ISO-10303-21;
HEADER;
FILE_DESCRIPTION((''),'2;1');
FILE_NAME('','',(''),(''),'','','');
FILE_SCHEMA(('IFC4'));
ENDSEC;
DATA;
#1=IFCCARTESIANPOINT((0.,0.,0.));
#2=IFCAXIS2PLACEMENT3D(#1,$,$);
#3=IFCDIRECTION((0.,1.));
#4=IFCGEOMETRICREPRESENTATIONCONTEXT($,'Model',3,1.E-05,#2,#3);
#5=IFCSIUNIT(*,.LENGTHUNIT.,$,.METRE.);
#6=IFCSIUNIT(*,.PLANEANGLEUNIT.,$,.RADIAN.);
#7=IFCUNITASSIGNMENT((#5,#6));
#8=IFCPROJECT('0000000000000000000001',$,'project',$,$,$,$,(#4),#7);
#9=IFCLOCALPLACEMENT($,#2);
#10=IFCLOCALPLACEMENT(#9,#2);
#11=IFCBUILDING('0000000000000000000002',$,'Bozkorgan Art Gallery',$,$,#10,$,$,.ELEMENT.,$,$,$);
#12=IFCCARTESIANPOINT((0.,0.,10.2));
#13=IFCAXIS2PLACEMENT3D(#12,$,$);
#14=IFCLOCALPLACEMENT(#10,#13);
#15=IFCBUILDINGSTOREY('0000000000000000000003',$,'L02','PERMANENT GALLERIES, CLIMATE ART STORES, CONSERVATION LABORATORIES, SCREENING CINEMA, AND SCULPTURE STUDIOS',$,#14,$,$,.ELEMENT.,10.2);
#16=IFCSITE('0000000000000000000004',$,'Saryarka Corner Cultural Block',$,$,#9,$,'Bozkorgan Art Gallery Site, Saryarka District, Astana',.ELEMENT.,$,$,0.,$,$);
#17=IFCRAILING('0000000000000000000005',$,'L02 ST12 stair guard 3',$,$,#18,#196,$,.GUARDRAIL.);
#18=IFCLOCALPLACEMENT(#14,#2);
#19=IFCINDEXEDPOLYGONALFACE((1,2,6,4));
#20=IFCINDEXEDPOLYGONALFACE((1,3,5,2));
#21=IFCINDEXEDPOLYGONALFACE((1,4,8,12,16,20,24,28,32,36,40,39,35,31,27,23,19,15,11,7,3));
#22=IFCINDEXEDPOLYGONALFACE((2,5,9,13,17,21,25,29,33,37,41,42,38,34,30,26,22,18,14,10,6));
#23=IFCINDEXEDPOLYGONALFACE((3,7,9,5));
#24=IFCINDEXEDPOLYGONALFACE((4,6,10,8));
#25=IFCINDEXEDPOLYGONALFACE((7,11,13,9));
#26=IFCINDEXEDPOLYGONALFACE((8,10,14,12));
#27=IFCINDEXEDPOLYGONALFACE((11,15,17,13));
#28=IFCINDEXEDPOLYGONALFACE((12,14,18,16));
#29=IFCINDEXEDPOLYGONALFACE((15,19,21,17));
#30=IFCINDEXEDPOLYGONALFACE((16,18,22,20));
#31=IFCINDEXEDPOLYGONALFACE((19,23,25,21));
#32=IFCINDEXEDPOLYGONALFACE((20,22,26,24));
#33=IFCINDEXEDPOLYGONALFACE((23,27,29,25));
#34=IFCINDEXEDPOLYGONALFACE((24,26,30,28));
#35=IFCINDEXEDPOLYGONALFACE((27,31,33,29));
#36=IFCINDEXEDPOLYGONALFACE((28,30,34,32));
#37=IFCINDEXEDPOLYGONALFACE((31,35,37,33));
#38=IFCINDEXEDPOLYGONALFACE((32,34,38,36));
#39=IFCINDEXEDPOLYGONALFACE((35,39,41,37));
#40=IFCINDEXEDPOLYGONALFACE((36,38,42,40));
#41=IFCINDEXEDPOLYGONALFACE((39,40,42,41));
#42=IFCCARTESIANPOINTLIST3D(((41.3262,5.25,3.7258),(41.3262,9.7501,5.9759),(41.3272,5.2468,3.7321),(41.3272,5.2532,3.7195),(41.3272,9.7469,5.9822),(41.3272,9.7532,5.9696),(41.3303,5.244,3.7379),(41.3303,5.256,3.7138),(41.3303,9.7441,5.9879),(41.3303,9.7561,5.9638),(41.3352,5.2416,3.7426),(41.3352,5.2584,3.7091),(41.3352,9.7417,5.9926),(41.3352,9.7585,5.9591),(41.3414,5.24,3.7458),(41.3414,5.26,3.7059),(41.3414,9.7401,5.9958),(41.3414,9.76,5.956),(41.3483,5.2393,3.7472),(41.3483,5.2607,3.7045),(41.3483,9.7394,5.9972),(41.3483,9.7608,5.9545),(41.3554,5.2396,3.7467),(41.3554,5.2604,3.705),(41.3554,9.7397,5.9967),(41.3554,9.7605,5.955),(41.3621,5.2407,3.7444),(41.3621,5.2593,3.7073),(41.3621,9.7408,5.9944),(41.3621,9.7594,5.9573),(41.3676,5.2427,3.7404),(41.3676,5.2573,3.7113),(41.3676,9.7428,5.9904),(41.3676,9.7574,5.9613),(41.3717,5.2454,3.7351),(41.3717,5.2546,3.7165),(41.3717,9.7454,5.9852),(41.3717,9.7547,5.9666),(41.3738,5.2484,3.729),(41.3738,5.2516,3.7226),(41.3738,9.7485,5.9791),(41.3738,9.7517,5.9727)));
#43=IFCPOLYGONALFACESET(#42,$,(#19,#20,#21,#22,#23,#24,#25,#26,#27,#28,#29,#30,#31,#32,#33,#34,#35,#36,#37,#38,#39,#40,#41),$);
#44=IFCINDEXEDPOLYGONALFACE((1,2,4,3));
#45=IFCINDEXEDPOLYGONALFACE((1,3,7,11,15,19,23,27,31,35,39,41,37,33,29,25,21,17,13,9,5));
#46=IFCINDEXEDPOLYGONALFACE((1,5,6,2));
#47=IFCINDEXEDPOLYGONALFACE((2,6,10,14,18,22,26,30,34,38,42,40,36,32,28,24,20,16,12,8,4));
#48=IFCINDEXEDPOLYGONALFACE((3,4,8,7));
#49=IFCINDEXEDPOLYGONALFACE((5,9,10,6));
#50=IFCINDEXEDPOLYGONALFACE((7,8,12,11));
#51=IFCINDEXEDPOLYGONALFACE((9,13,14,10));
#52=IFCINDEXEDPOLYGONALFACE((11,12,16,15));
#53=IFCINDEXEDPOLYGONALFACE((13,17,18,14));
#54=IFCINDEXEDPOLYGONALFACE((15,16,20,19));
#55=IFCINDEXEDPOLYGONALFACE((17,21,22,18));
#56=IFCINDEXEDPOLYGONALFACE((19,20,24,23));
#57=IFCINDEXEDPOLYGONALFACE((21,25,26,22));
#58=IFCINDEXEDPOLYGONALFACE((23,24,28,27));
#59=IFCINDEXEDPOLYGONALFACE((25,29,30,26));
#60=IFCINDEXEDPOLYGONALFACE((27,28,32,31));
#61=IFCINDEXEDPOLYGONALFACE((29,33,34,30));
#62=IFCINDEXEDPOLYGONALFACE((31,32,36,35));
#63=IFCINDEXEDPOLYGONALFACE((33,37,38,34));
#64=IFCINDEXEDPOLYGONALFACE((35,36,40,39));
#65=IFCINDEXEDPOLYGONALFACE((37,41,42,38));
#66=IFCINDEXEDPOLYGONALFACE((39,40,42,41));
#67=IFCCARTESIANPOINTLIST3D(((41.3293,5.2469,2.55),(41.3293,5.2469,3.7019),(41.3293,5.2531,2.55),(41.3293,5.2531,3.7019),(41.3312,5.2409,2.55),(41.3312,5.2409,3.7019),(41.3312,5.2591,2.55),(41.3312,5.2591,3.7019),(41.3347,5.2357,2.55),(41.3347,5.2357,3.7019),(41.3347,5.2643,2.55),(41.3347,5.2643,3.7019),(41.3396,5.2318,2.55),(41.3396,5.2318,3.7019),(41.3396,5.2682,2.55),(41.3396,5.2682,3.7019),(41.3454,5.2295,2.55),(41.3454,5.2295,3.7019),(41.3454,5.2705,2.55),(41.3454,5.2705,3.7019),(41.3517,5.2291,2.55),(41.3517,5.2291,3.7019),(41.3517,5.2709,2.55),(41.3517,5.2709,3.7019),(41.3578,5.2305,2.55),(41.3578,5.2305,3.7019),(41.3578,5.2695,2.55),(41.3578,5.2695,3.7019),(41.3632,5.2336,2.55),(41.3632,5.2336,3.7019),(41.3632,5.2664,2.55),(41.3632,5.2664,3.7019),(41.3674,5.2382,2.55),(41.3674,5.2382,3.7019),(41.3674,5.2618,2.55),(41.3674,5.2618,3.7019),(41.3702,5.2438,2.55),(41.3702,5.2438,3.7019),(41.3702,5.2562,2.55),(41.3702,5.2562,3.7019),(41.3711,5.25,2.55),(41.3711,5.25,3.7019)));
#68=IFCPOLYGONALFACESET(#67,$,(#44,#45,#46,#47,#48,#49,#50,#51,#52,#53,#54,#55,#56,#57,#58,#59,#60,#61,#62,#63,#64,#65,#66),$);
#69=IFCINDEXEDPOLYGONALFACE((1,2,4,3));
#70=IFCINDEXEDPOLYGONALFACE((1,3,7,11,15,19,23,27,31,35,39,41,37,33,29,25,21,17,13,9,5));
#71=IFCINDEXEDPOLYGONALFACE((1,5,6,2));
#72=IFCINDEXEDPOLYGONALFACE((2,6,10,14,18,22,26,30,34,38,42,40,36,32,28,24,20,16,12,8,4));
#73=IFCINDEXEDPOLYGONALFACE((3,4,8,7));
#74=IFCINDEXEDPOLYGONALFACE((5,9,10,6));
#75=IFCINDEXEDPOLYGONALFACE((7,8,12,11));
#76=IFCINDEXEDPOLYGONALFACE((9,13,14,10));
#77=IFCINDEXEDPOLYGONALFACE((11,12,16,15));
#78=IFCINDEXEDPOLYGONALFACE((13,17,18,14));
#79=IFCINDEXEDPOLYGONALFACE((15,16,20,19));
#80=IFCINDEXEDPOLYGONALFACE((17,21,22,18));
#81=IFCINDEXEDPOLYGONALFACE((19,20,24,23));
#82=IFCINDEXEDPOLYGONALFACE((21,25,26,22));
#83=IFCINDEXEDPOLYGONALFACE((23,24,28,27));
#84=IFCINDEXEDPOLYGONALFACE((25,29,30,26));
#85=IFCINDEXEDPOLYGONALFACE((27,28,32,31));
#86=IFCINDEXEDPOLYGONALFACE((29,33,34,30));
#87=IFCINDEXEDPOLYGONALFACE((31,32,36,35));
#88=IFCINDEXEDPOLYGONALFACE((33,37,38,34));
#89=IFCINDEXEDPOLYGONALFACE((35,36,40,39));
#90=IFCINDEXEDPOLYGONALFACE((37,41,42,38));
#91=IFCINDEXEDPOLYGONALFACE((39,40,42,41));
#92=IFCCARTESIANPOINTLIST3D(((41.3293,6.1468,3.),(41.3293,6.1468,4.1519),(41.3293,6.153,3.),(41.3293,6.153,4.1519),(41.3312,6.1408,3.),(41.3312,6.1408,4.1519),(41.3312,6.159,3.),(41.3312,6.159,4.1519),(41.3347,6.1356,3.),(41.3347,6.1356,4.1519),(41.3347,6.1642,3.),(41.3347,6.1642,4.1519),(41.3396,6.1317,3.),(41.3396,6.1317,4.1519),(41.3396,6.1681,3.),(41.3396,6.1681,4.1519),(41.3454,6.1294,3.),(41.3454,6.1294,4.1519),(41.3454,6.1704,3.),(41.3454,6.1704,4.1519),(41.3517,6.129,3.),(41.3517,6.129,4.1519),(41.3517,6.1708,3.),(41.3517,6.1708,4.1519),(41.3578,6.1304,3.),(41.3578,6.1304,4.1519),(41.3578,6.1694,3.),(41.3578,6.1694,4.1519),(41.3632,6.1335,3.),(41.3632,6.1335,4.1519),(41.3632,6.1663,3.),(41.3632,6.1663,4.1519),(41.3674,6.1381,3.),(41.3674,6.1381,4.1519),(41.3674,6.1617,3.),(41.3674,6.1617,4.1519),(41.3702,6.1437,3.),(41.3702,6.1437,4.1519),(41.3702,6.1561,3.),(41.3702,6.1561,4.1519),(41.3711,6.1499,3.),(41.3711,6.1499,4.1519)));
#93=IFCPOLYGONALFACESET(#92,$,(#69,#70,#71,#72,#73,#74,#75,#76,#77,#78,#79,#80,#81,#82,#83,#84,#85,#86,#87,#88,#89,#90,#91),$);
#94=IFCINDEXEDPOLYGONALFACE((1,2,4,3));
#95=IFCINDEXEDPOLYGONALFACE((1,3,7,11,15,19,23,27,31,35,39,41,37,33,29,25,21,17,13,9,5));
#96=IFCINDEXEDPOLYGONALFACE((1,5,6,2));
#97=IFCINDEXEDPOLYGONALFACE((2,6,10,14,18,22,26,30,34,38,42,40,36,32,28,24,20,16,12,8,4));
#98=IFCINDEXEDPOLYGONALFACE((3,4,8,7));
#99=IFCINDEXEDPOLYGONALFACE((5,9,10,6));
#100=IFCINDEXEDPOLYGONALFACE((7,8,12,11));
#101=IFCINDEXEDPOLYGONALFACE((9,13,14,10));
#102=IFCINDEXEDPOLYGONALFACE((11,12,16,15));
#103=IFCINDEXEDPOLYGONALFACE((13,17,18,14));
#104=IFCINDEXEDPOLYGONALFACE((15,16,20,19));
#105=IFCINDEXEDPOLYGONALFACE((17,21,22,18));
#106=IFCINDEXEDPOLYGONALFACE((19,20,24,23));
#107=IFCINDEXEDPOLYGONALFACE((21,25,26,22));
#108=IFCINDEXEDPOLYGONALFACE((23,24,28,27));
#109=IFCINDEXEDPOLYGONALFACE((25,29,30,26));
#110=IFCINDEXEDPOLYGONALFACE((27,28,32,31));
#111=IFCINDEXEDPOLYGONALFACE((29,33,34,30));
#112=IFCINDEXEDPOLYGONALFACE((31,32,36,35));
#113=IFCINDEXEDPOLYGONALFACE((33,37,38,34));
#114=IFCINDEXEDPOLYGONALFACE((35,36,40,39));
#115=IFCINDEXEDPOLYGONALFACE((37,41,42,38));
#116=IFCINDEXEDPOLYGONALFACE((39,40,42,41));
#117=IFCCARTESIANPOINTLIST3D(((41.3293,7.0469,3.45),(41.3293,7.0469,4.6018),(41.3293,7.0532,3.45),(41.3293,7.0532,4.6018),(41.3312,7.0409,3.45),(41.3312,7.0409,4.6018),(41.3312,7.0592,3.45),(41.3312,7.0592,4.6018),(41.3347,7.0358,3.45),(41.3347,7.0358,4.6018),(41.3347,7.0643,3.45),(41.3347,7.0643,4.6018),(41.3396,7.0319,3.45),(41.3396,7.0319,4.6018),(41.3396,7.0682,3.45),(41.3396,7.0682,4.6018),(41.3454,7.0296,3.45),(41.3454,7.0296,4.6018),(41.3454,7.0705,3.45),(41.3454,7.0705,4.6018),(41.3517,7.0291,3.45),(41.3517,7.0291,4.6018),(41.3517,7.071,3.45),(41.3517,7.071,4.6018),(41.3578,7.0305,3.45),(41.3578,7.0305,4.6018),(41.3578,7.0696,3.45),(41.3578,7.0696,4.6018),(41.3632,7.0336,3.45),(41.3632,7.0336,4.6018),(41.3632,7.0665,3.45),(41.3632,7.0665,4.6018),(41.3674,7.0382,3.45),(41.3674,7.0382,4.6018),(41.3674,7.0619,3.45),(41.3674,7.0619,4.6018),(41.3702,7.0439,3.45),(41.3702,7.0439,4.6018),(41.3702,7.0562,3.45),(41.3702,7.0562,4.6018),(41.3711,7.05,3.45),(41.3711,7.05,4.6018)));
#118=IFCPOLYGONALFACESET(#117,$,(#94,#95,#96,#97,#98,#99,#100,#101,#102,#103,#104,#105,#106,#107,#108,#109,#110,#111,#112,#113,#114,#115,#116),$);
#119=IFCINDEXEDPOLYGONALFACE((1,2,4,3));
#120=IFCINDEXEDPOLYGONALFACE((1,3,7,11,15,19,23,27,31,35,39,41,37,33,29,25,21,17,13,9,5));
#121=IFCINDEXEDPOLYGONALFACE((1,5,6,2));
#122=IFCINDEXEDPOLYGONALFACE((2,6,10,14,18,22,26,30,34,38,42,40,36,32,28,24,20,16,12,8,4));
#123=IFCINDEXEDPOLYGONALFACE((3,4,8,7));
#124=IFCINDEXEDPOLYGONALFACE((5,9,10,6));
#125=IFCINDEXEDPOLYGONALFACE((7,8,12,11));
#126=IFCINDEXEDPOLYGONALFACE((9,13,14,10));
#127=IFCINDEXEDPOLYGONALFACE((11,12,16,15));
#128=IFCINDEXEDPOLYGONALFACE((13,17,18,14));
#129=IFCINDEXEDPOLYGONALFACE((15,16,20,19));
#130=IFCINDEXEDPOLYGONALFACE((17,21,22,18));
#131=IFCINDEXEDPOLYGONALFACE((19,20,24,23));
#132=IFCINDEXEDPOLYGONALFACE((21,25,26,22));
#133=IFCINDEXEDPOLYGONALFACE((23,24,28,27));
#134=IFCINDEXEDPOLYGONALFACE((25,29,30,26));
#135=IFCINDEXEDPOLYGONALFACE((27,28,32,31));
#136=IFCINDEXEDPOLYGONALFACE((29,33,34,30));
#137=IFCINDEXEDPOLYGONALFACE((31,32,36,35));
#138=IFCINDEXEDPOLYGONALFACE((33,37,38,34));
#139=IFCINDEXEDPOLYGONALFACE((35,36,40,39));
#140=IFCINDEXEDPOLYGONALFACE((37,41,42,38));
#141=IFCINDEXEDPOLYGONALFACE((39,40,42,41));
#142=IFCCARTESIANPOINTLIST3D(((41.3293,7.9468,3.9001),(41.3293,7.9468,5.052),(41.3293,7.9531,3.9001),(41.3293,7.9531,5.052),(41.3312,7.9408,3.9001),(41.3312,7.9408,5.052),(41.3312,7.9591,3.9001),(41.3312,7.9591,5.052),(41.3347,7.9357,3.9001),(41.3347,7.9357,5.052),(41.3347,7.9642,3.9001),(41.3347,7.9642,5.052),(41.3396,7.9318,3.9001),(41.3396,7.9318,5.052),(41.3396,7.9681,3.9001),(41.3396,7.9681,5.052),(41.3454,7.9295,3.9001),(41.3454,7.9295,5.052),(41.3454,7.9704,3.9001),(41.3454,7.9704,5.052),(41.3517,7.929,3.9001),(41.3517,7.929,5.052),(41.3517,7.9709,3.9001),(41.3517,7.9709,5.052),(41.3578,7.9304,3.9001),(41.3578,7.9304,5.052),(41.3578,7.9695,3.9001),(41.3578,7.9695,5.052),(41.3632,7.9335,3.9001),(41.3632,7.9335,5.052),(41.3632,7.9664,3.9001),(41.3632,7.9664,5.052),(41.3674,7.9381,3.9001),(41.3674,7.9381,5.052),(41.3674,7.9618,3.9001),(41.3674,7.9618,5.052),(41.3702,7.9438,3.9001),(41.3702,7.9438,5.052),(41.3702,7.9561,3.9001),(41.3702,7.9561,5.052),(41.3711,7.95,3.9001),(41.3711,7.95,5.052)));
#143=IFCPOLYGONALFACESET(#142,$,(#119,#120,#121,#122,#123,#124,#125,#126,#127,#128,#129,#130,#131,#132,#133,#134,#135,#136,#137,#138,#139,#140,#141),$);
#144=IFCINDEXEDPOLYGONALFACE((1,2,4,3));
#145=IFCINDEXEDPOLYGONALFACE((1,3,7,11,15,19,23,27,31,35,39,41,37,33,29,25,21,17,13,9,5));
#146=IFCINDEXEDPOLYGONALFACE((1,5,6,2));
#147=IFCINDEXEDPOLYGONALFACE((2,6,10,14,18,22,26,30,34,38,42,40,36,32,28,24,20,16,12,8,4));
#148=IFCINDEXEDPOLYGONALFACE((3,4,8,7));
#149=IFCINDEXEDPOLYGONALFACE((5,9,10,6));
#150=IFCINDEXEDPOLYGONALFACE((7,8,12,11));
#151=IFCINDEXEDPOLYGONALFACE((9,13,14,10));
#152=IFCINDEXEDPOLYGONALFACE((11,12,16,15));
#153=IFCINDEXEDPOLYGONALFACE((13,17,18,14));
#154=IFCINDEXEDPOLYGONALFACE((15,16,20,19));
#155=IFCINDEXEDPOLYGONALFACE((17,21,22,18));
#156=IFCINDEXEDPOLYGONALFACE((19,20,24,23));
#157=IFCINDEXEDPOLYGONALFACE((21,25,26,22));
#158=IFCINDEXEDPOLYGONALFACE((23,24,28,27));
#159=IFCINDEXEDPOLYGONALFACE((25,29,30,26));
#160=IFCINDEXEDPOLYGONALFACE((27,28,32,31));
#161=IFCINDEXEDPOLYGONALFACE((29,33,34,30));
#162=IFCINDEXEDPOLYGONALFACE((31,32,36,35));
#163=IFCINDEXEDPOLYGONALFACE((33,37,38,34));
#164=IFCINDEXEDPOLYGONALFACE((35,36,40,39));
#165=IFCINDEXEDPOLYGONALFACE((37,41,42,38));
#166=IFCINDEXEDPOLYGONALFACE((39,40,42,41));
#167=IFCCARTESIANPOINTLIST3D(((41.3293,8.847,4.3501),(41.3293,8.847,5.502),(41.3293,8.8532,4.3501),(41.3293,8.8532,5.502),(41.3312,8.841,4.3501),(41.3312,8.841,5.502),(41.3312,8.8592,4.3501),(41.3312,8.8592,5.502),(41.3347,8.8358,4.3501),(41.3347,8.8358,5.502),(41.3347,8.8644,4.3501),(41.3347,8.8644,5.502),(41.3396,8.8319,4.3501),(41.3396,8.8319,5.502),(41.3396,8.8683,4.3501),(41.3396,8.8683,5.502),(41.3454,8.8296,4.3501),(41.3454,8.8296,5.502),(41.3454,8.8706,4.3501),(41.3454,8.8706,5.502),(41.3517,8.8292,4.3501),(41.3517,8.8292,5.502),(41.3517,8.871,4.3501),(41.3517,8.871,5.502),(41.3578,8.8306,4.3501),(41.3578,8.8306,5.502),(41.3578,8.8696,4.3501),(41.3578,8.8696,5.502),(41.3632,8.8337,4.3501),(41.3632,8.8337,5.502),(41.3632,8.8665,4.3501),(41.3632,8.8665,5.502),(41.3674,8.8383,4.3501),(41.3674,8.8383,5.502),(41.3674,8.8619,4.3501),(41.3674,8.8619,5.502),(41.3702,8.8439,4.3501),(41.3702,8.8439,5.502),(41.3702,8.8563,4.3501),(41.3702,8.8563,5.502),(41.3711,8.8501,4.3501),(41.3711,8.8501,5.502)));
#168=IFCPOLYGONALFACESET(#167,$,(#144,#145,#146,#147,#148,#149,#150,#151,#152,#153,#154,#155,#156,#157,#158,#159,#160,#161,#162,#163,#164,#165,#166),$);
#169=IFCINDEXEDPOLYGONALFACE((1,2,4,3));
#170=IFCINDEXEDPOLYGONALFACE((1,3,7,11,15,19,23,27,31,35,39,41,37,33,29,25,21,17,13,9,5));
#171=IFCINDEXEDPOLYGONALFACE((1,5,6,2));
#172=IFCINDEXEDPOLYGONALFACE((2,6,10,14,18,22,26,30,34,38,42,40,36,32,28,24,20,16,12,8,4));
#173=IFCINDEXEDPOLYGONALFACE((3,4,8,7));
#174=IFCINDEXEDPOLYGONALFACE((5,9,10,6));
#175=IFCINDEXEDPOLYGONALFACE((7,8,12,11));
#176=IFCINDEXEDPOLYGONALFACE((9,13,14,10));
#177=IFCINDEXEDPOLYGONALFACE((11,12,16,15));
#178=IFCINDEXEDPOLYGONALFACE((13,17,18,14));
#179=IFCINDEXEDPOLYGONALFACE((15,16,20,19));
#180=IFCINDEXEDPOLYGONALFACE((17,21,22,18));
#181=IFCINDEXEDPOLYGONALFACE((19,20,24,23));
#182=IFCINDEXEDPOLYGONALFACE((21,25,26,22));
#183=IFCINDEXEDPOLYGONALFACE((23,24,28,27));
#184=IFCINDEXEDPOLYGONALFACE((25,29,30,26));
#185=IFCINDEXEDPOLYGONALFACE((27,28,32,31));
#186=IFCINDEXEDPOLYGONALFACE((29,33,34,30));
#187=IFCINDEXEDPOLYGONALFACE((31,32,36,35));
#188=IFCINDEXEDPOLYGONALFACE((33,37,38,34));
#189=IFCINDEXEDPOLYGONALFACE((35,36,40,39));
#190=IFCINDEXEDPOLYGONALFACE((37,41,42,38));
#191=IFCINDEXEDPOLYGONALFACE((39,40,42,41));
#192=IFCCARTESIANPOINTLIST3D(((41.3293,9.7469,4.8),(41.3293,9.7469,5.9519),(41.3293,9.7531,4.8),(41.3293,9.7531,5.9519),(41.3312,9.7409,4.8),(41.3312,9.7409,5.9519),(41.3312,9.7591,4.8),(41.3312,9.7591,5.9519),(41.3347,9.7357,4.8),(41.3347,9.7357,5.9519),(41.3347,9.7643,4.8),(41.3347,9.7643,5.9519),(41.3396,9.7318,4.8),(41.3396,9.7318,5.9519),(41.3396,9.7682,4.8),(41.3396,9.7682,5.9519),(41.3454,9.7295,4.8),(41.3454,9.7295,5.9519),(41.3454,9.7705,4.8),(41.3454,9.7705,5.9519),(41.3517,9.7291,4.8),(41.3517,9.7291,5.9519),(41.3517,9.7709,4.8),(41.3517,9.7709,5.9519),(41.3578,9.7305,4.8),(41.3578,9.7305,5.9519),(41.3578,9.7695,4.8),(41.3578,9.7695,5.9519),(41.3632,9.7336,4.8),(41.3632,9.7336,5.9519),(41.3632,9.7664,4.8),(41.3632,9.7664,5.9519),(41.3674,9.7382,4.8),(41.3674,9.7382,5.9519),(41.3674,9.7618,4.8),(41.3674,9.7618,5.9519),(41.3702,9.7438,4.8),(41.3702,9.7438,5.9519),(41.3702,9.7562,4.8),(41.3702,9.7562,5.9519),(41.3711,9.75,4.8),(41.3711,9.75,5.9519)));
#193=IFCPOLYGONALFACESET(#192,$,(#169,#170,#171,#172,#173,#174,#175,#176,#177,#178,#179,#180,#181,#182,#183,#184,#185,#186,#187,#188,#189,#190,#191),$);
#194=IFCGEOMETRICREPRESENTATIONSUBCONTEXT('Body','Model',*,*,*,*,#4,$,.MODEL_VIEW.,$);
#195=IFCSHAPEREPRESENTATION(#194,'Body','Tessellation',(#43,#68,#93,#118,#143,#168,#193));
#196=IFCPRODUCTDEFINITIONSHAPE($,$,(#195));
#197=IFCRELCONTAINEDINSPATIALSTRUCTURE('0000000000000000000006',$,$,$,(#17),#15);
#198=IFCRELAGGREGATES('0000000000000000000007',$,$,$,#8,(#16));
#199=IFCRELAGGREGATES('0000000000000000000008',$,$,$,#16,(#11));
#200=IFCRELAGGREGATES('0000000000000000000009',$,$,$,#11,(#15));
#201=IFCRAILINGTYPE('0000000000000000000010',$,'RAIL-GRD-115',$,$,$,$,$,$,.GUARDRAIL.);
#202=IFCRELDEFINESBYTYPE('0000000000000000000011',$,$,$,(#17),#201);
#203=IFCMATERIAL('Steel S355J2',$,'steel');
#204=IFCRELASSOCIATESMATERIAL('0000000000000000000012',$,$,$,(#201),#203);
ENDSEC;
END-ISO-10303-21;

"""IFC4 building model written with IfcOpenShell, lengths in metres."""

from ifc_helpers import new_model, si_unit, direction, frame, origin, origin_2d, place, context, subcontext, project, spatial, circle, extrude, material, type_object, element, save


model = new_model("IFC4")

# Units and contexts
model_context = context("Model", 3, precision=1e-05, world=origin(), true_north=direction((0.0, 1.0)))
body_context = subcontext(model_context, "Body", "Model", "MODEL_VIEW")
ifc_project = project(units=[si_unit("LENGTHUNIT", "METRE"), si_unit("PLANEANGLEUNIT", "RADIAN")], contexts=[model_context])

# Site, building, storey
site_placement = place(None, origin())
site = spatial("IfcSite", under=ifc_project, at=site_placement, Name="Saryarka Corner Cultural Block", LongName="Bozkorgan Art Gallery Site, Saryarka District, Astana", CompositionType="ELEMENT", RefElevation=0.0)
building_placement = place(site_placement, origin())
building = spatial("IfcBuilding", under=site, at=building_placement, Name="Bozkorgan Art Gallery", CompositionType="ELEMENT")
storey_placement = place(building_placement, frame((0.0, 0.0, 10.2)))
storey = spatial("IfcBuildingStorey", under=building, at=storey_placement, Name="L02", Description="PERMANENT GALLERIES, CLIMATE ART STORES, CONSERVATION LABORATORIES, SCREENING CINEMA, AND SCULPTURE STUDIOS", CompositionType="ELEMENT", Elevation=10.2)

# Shared definitions
ifc_material_1 = material(Name="Steel S355J2", Category="steel")

# Railing
railing_type_1 = type_object("IfcRailingType", Name="RAIL-GRD-115", PredefinedType="GUARDRAIL", material=ifc_material_1)
railing_1_placement = place(storey_placement, frame((41.3501, 5.25, 2.55)))
element("IfcRailing", 1, at=railing_1_placement, inside=storey, type_object=railing_type_1, Name="L02 ST12 stair guard 3", PredefinedType="GUARDRAIL", context=body_context, shape_type="SweptSolid", body=[
    extrude(circle(Radius=0.0239, at=origin_2d()), frame((0.0, 0.0, 1.1758), z_axis=(0.0, 0.894427, 0.447214), x_axis=(-1.0, 0.0, 0.0)), (0.0, 0.0, 1.0), 5.0312),
    extrude(circle(Radius=0.021, at=origin_2d()), origin(), (0.0, 0.0, 1.0), 1.1519),
    extrude(circle(Radius=0.021, at=origin_2d()), frame((0.0, 0.8999, 0.45)), (0.0, 0.0, 1.0), 1.1519),
    extrude(circle(Radius=0.021, at=origin_2d()), frame((0.0, 1.8, 0.8999)), (0.0, 0.0, 1.0), 1.1519),
    extrude(circle(Radius=0.021, at=origin_2d()), frame((0.0, 2.7, 1.3501)), (0.0, 0.0, 1.0), 1.1519),
    extrude(circle(Radius=0.021, at=origin_2d()), frame((0.0, 3.6001, 1.8)), (0.0, 0.0, 1.0), 1.1519),
    extrude(circle(Radius=0.021, at=origin_2d()), frame((0.0, 4.5, 2.25)), (0.0, 0.0, 1.0), 1.1519),
])

save(model, "model.ifc")
